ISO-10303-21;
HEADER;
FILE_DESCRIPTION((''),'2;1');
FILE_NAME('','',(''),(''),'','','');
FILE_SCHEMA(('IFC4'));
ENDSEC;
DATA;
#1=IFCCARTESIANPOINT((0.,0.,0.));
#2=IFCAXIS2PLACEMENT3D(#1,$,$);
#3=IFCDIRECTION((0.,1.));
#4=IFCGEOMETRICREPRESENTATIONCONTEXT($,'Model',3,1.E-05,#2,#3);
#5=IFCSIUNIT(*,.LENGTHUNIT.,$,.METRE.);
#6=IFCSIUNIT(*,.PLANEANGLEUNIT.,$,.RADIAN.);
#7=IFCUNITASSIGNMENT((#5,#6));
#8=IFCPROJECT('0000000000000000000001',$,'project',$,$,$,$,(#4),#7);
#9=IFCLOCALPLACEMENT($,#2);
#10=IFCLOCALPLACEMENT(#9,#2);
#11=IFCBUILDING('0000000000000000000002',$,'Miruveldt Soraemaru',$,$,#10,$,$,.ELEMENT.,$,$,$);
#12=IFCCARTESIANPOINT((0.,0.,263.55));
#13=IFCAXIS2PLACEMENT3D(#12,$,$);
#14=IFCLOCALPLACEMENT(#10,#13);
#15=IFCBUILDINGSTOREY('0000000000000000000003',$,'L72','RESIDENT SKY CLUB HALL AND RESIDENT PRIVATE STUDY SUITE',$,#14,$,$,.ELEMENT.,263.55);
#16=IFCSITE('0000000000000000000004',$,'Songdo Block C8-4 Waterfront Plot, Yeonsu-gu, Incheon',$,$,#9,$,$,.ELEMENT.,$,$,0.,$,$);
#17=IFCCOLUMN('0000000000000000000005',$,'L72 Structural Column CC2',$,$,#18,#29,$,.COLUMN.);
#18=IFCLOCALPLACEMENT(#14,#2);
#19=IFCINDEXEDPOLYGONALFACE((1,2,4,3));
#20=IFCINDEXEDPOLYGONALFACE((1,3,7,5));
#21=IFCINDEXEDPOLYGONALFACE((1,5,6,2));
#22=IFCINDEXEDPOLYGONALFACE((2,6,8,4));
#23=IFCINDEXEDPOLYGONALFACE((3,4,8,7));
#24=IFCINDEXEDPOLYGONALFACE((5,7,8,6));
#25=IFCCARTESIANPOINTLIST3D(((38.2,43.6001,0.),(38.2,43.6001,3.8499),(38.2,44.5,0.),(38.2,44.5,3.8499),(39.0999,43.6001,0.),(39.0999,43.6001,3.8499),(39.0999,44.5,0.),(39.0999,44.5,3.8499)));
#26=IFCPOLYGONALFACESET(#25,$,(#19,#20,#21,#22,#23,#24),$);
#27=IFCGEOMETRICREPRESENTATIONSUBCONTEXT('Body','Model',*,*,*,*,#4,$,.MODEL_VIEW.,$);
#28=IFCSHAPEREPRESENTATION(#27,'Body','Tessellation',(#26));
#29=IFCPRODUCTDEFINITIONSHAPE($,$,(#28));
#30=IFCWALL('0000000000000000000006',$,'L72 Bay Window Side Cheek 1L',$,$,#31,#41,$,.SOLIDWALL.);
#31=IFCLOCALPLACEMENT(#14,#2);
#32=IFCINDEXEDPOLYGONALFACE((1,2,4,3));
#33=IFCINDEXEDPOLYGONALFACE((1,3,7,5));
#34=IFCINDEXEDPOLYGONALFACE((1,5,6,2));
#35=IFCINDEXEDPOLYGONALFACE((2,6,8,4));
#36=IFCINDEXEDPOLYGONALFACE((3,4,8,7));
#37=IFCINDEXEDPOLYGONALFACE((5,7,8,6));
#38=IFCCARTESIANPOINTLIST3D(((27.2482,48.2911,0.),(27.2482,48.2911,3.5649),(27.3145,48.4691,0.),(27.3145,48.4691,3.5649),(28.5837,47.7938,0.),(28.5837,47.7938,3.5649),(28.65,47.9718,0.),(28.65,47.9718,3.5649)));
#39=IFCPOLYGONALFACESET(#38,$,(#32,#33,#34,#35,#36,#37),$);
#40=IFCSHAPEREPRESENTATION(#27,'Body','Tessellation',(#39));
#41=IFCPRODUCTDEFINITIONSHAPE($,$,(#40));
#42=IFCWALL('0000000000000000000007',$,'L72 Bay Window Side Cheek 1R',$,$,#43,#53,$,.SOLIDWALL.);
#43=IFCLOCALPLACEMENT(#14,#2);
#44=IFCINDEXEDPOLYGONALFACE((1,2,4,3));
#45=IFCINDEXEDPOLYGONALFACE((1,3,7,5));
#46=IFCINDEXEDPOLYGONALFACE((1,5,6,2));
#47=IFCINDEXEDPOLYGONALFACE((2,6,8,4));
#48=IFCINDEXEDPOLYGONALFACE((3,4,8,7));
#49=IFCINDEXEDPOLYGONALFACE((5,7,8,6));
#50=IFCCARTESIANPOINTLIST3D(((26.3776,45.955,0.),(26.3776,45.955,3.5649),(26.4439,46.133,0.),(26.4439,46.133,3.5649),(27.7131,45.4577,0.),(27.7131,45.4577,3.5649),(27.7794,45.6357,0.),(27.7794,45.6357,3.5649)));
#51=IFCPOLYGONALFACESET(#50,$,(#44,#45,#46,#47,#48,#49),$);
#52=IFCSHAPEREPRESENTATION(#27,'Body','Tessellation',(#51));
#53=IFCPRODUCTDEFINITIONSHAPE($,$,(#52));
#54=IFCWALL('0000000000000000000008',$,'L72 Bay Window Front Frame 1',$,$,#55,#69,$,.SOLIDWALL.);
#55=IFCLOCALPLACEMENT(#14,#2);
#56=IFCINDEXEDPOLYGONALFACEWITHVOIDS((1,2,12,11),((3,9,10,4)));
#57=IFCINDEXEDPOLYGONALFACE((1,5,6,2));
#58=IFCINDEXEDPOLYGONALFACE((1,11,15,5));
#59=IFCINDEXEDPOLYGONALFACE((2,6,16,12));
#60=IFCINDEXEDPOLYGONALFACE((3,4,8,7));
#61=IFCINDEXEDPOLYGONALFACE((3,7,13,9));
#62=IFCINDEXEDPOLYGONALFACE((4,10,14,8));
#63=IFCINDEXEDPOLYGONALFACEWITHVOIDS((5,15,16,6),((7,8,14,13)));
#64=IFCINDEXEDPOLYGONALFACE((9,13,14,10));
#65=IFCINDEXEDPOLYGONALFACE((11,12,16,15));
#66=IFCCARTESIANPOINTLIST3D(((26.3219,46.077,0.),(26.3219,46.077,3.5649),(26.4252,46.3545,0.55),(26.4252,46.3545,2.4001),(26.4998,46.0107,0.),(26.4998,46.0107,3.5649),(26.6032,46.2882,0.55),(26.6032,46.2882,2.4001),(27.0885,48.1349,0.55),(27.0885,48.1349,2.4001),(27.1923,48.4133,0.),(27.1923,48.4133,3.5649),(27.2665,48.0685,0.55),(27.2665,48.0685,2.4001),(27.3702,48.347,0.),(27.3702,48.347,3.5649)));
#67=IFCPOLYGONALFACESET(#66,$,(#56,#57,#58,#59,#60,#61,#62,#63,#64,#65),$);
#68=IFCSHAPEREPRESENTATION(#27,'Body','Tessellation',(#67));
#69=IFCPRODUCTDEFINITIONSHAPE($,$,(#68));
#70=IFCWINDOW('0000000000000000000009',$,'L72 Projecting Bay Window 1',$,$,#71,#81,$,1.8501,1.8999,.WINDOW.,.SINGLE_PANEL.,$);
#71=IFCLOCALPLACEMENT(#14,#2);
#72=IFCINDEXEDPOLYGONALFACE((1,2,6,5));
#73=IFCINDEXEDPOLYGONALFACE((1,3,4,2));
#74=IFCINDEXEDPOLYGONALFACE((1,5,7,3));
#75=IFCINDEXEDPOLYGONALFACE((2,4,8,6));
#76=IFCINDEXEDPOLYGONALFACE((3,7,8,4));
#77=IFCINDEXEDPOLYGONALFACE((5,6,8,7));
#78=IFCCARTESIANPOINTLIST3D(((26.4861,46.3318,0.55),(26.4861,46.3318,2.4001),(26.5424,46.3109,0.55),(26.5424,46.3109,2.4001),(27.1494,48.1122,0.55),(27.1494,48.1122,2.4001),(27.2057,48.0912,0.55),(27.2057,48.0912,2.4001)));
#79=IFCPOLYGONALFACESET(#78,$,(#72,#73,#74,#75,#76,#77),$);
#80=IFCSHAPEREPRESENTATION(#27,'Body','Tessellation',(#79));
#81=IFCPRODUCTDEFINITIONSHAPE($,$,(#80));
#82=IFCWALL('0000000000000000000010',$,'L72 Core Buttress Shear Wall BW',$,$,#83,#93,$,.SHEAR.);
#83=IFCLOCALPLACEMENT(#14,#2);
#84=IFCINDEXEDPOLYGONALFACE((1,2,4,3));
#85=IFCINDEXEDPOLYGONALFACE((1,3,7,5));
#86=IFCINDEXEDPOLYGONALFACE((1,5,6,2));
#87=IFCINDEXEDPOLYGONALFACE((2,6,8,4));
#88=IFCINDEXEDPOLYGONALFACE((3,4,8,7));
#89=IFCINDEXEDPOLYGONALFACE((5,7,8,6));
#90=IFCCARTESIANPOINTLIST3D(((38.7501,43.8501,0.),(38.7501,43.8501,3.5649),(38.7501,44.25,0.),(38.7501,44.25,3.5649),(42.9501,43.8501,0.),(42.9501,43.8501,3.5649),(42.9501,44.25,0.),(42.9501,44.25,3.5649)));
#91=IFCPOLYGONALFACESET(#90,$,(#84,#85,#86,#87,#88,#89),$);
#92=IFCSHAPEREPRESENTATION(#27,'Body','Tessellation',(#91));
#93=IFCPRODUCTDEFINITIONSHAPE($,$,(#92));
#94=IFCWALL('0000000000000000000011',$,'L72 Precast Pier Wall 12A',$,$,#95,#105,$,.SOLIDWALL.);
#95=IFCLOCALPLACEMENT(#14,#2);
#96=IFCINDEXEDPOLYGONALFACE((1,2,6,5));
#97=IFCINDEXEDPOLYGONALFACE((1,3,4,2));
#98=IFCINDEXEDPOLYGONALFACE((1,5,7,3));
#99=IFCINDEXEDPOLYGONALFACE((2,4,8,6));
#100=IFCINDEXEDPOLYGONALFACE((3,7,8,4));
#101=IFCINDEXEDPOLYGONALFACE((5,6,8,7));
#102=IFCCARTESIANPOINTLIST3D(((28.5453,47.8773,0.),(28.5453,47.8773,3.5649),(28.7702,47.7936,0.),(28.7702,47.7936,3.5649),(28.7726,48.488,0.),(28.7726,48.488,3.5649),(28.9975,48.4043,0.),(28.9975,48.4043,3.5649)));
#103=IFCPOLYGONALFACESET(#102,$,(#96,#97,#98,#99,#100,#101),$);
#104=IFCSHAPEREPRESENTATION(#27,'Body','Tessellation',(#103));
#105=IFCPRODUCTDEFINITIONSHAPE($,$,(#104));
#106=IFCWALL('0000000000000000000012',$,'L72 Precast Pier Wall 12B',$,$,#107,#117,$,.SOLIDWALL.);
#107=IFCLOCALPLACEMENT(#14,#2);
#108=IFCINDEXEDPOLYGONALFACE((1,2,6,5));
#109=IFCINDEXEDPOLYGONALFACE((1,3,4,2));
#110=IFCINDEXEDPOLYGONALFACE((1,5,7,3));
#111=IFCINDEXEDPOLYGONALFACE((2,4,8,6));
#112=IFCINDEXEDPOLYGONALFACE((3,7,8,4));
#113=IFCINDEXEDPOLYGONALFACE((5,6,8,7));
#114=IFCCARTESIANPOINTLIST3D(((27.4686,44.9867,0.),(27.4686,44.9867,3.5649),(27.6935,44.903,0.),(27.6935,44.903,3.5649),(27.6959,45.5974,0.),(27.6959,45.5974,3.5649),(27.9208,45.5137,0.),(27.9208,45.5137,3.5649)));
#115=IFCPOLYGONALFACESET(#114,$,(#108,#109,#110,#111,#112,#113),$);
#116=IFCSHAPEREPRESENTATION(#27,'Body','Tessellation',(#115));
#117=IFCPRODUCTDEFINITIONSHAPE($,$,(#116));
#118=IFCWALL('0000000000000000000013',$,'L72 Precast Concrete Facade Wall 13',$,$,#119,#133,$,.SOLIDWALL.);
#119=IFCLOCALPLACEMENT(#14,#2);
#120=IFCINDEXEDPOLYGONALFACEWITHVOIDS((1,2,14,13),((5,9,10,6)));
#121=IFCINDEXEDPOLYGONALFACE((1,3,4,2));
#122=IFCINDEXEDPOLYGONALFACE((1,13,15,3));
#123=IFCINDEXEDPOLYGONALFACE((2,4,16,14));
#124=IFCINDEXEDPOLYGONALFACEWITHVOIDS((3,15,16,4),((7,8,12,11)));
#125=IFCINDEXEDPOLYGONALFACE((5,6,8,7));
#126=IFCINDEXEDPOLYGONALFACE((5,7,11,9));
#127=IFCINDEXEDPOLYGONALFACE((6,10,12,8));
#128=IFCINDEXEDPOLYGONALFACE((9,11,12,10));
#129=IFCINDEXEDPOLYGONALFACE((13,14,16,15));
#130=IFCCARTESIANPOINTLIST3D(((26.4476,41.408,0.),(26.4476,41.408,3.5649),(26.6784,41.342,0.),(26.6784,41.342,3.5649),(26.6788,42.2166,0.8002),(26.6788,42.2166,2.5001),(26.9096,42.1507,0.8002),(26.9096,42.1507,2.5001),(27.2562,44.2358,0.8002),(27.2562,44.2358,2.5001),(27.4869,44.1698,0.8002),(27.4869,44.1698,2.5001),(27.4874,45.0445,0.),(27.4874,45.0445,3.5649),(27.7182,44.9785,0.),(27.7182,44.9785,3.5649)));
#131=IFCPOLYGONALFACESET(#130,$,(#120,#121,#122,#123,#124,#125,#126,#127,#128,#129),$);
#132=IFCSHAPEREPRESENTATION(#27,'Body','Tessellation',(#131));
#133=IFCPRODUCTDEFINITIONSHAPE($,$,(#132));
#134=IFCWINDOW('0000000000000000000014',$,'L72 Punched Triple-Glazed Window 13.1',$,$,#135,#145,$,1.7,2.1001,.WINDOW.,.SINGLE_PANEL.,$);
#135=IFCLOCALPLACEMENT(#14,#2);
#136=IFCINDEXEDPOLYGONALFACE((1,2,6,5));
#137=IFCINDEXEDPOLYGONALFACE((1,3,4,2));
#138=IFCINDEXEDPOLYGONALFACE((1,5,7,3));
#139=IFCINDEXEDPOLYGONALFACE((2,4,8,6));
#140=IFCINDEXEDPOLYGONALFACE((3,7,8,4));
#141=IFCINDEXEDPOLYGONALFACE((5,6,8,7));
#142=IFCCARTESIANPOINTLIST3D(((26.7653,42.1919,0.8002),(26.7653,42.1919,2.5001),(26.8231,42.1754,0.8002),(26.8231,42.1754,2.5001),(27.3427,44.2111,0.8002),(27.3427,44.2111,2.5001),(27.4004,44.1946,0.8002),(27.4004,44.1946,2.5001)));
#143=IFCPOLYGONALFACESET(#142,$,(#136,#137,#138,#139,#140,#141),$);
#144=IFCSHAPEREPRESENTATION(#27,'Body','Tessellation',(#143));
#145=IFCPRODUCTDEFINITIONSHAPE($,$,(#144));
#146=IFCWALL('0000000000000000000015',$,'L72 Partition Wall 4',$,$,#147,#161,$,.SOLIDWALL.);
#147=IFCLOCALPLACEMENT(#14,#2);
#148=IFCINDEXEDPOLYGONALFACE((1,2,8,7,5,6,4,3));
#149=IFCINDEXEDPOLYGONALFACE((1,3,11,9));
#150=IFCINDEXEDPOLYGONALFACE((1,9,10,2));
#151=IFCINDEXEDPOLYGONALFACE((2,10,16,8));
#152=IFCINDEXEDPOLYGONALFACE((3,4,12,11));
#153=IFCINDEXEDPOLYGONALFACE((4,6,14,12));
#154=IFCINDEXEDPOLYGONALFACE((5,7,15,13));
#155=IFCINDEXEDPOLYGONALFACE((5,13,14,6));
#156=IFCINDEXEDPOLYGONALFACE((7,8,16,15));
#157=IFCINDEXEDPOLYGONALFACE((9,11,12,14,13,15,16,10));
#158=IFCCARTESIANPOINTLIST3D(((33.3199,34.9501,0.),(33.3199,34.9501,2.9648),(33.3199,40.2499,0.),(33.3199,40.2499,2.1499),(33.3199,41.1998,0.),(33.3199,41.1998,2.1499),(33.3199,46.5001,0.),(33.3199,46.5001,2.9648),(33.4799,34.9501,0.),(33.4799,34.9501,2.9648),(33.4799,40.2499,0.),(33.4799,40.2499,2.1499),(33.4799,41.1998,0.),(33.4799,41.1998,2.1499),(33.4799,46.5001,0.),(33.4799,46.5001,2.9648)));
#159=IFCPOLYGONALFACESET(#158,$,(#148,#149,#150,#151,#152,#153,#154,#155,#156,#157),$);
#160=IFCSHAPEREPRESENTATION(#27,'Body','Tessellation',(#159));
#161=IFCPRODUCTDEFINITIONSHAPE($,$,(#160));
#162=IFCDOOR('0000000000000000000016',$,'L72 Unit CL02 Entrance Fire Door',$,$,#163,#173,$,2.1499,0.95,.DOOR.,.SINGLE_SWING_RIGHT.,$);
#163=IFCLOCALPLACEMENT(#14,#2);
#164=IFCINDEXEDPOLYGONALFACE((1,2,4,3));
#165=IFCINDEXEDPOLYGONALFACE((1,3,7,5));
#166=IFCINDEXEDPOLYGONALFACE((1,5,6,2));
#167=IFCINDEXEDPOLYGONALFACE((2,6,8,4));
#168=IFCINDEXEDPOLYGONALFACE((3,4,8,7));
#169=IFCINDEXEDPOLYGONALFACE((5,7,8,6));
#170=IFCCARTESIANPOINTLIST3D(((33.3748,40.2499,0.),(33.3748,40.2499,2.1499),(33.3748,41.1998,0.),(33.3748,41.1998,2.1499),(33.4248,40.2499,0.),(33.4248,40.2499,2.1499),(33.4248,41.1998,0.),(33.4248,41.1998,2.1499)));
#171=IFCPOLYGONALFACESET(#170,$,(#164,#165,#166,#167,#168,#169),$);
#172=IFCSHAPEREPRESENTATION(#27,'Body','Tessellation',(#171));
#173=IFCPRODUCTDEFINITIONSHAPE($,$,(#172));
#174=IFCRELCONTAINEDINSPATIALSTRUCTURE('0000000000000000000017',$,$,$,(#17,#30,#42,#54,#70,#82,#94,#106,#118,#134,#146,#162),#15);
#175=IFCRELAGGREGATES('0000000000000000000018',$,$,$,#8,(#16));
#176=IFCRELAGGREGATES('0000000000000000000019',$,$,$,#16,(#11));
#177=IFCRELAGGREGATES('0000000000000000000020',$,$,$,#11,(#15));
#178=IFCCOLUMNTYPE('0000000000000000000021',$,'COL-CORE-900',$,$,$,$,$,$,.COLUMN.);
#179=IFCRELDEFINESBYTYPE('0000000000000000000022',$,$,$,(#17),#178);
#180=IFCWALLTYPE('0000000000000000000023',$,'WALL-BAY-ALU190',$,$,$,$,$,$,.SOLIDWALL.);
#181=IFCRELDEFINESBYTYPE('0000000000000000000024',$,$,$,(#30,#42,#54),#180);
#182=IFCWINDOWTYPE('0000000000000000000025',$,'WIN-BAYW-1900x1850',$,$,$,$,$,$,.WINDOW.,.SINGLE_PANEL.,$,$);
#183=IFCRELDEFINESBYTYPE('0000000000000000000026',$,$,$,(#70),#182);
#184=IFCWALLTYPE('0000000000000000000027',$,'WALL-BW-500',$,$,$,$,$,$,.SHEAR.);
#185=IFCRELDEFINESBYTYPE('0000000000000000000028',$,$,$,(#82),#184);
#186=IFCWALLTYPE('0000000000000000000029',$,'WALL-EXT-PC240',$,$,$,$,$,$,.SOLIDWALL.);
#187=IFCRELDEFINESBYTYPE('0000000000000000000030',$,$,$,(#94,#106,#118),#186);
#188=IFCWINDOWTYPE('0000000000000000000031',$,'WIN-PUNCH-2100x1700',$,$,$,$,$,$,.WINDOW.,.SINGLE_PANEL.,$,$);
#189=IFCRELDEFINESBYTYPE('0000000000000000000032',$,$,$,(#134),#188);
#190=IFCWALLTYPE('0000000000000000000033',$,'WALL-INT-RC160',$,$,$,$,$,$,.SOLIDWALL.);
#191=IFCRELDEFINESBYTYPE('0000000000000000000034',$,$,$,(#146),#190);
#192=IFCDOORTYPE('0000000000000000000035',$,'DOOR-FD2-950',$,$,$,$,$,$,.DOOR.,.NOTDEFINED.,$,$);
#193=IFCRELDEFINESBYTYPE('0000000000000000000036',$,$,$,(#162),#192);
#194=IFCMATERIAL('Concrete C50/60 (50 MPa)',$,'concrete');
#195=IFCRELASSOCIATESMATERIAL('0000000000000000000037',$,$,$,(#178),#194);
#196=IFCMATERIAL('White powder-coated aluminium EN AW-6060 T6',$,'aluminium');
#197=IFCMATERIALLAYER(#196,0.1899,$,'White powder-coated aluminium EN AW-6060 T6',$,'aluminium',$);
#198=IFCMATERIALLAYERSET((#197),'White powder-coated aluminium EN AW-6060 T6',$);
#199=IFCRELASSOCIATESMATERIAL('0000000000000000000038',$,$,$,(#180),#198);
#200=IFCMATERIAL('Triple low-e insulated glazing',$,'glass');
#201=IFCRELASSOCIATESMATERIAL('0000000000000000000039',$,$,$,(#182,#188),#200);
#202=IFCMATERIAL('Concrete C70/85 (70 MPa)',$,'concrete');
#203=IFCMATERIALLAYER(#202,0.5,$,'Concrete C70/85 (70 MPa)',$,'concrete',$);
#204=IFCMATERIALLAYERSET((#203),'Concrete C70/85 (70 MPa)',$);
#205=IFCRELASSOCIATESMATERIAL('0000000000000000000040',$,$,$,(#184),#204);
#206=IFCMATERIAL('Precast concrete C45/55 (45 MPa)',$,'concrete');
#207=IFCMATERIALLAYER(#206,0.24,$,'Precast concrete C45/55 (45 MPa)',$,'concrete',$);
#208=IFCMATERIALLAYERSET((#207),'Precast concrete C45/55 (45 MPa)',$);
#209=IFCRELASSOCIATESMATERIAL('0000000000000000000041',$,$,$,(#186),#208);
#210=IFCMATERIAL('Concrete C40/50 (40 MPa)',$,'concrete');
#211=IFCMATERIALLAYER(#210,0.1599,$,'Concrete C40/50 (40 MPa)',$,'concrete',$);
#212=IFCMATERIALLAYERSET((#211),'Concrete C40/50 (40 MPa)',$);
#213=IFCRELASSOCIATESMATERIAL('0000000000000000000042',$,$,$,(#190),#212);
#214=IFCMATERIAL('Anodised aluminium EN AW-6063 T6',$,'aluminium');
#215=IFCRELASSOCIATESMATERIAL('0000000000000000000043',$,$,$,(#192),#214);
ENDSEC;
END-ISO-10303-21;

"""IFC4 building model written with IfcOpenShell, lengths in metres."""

from ifc_helpers import new_model, si_unit, direction, frame, frame_2d, origin, origin_2d, place, context, subcontext, project, spatial, rectangle, extrude, material, layer, layer_set, material_profile, profile_set, type_object, element, fill, save


model = new_model("IFC4")

# Units and contexts
model_context = context("Model", 3, precision=1e-05, world=origin(), true_north=direction((0.0, 1.0)))
body_context = subcontext(model_context, "Body", "Model", "MODEL_VIEW")
ifc_project = project(units=[si_unit("LENGTHUNIT", "METRE"), si_unit("PLANEANGLEUNIT", "RADIAN")], contexts=[model_context])

# Site, building, storey
site_placement = place(None, origin())
site = spatial("IfcSite", under=ifc_project, at=site_placement, Name="Songdo Block C8-4 Waterfront Plot, Yeonsu-gu, Incheon", CompositionType="ELEMENT", RefElevation=0.0)
building_placement = place(site_placement, origin())
building = spatial("IfcBuilding", under=site, at=building_placement, Name="Miruveldt Soraemaru", CompositionType="ELEMENT")
storey_placement = place(building_placement, frame((0.0, 0.0, 263.55)))
storey = spatial("IfcBuildingStorey", under=building, at=storey_placement, Name="L72", Description="RESIDENT SKY CLUB HALL AND RESIDENT PRIVATE STUDY SUITE", CompositionType="ELEMENT", Elevation=263.55)

# Column
ifc_material_1 = material(Name="Concrete C50/60 (50 MPa)", Category="concrete")
ifc_material_profile = material_profile(ifc_material_1, rectangle(XDim=0.8999, YDim=0.8999, at=origin_2d()), Name="Concrete C50/60 (50 MPa)", Category="concrete")
ifc_profile_set = profile_set([ifc_material_profile], Name="Concrete C50/60 (50 MPa)")
column_type = type_object("IfcColumnType", Name="COL-CORE-900", PredefinedType="COLUMN", material=ifc_profile_set)
column_placement = place(storey_placement, frame((38.6499, 44.05, 0.0), z_axis=(0.0, 0.0, 1.0), x_axis=(1.0, 0.0, 0.0)))
element("IfcColumn", 1, at=column_placement, inside=storey, type_object=column_type, Name="L72 Structural Column CC2", PredefinedType="COLUMN", context=body_context, shape_type="SweptSolid", body=[
    extrude(rectangle(XDim=0.8999, YDim=0.8999, at=origin_2d()), origin(), (0.0, 0.0, 1.0), 3.8499),
])

# Walls
ifc_material_2 = material(Name="White powder-coated aluminium EN AW-6060 T6", Category="aluminium")
ifc_layer_1 = layer(ifc_material_2, 0.1899, Name="White powder-coated aluminium EN AW-6060 T6", Category="aluminium")
ifc_layer_set_1 = layer_set([ifc_layer_1], Name="White powder-coated aluminium EN AW-6060 T6")
wall_type_1 = type_object("IfcWallType", Name="WALL-BAY-ALU190", PredefinedType="SOLIDWALL", material=ifc_layer_set_1)
for number, where, z_axis, x_axis, name in (
    (2, (28.6167, 47.8828, 0.0), (0.0, 0.0, 1.0), (-0.937129, 0.348982, 0.0), "L72 Bay Window Side Cheek 1L"),
    (3, (26.4109, 46.0439, 0.0), (0.0, 0.0, 1.0), (0.937129, -0.348982, 0.0), "L72 Bay Window Side Cheek 1R"),
):
    element("IfcWall", number, at=place(storey_placement, frame(where, z_axis=z_axis, x_axis=x_axis)), inside=storey, type_object=wall_type_1, Name=name, PredefinedType="SOLIDWALL", context=body_context, shape_type="SweptSolid", body=[
        extrude(rectangle(XDim=1.425, YDim=0.1899, at=frame_2d((0.7124, 0.0))), origin(), (0.0, 0.0, 1.0), 3.5649),
    ])

# Wall, opening, window
wall_1_placement = place(storey_placement, frame((27.2812, 48.3801, 0.0), z_axis=(0.0, 0.0, 1.0), x_axis=(-0.349116, -0.93708, 0.0)))
wall_1 = element("IfcWall", 4, at=wall_1_placement, inside=storey, type_object=wall_type_1, Name="L72 Bay Window Front Frame 1", PredefinedType="SOLIDWALL", context=body_context, shape_type="SweptSolid", body=[
    extrude(rectangle(XDim=2.4932, YDim=0.1899, at=frame_2d((1.2466, 0.0))), origin(), (0.0, 0.0, 1.0), 3.5649),
])
opening_1_placement = place(wall_1_placement, frame((0.2971, 0.0, 0.55)))
opening_1 = element("IfcOpeningElement", 5, at=opening_1_placement, cuts=wall_1, PredefinedType="OPENING", context=body_context, shape_type="SweptSolid", body=[
    extrude(rectangle(XDim=1.8999, YDim=1.8501, at=frame_2d((0.95, 0.925))), frame((0.0, 0.105, 0.0), z_axis=(0.0, -1.0, 0.0), x_axis=(1.0, 0.0, 0.0)), (0.0, 0.0, 1.0), 0.21),
])
ifc_material_3 = material(Name="Triple low-e insulated glazing", Category="glass")
window_type_1 = type_object("IfcWindowType", Name="WIN-BAYW-1900x1850", PartitioningType="SINGLE_PANEL", PredefinedType="WINDOW", material=ifc_material_3)
window_1_placement = place(opening_1_placement, origin())
window_1 = element("IfcWindow", 6, at=window_1_placement, inside=storey, type_object=window_type_1, Name="L72 Projecting Bay Window 1", OverallHeight=1.8501, OverallWidth=1.8999, PartitioningType="SINGLE_PANEL", PredefinedType="WINDOW", context=body_context, shape_type="SweptSolid", body=[
    extrude(rectangle(XDim=1.8999, YDim=1.8501, at=frame_2d((0.95, 0.925))), frame((0.0, 0.03, 0.0), z_axis=(0.0, -1.0, 0.0), x_axis=(1.0, 0.0, 0.0)), (0.0, 0.0, 1.0), 0.0601),
])
fill(opening_1, window_1)

# Walls
ifc_material_4 = material(Name="Concrete C70/85 (70 MPa)", Category="concrete")
ifc_layer_2 = layer(ifc_material_4, 0.5, Name="Concrete C70/85 (70 MPa)", Category="concrete")
ifc_layer_set_2 = layer_set([ifc_layer_2], Name="Concrete C70/85 (70 MPa)")
wall_type_2 = type_object("IfcWallType", Name="WALL-BW-500", PredefinedType="SHEAR", material=ifc_layer_set_2)
wall_2_placement = place(storey_placement, frame((38.75, 44.05, 0.0), z_axis=(0.0, 0.0, 1.0), x_axis=(1.0, 0.0, 0.0)))
element("IfcWall", 7, at=wall_2_placement, inside=storey, type_object=wall_type_2, Name="L72 Core Buttress Shear Wall BW", PredefinedType="SHEAR", context=body_context, shape_type="SweptSolid", body=[
    extrude(rectangle(XDim=4.2, YDim=0.3999, at=frame_2d((2.1001, 0.0))), origin(), (0.0, 0.0, 1.0), 3.5649),
])
ifc_material_5 = material(Name="Precast concrete C45/55 (45 MPa)", Category="concrete")
ifc_layer_3 = layer(ifc_material_5, 0.24, Name="Precast concrete C45/55 (45 MPa)", Category="concrete")
ifc_layer_set_3 = layer_set([ifc_layer_3], Name="Precast concrete C45/55 (45 MPa)")
wall_type_3 = type_object("IfcWallType", Name="WALL-EXT-PC240", PredefinedType="SOLIDWALL", material=ifc_layer_set_3)
for number, where, z_axis, x_axis, name in (
    (8, (28.885, 48.446, 0.0), (0.0, 0.0, 1.0), (-0.348864, -0.937173, 0.0), "L72 Precast Pier Wall 12A"),
    (9, (27.8083, 45.5554, 0.0), (0.0, 0.0, 1.0), (-0.348864, -0.937173, 0.0), "L72 Precast Pier Wall 12B"),
):
    element("IfcWall", number, at=place(storey_placement, frame(where, z_axis=z_axis, x_axis=x_axis)), inside=storey, type_object=wall_type_3, Name=name, PredefinedType="SOLIDWALL", context=body_context, shape_type="SweptSolid", body=[
        extrude(rectangle(XDim=0.6516, YDim=0.24, at=frame_2d((0.3257, 0.0))), origin(), (0.0, 0.0, 1.0), 3.5649),
    ])

# Wall, opening, window
wall_3_placement = place(storey_placement, frame((27.6028, 45.0115, 0.0), z_axis=(0.0, 0.0, 1.0), x_axis=(-0.274917, -0.961468, 0.0)))
wall_3 = element("IfcWall", 10, at=wall_3_placement, inside=storey, type_object=wall_type_3, Name="L72 Precast Concrete Facade Wall 13", PredefinedType="SOLIDWALL", context=body_context, shape_type="SweptSolid", body=[
    extrude(rectangle(XDim=3.7822, YDim=0.24, at=frame_2d((1.8911, 0.0))), origin(), (0.0, 0.0, 1.0), 3.5649),
])
opening_2_placement = place(wall_3_placement, frame((0.8411, 0.0, 0.8)))
opening_2 = element("IfcOpeningElement", 11, at=opening_2_placement, cuts=wall_3, PredefinedType="OPENING", context=body_context, shape_type="SweptSolid", body=[
    extrude(rectangle(XDim=2.1001, YDim=1.7, at=frame_2d((1.05, 0.8501))), frame((0.0, 0.1299, 0.0), z_axis=(0.0, -1.0, 0.0), x_axis=(1.0, 0.0, 0.0)), (0.0, 0.0, 1.0), 0.26),
])
window_type_2 = type_object("IfcWindowType", Name="WIN-PUNCH-2100x1700", PartitioningType="SINGLE_PANEL", PredefinedType="WINDOW", material=ifc_material_3)
window_2_placement = place(opening_2_placement, origin())
window_2 = element("IfcWindow", 12, at=window_2_placement, inside=storey, type_object=window_type_2, Name="L72 Punched Triple-Glazed Window 13.1", OverallHeight=1.7, OverallWidth=2.1001, PartitioningType="SINGLE_PANEL", PredefinedType="WINDOW", context=body_context, shape_type="SweptSolid", body=[
    extrude(rectangle(XDim=2.1001, YDim=1.7, at=frame_2d((1.05, 0.8501))), frame((0.0, 0.03, 0.0), z_axis=(0.0, -1.0, 0.0), x_axis=(1.0, 0.0, 0.0)), (0.0, 0.0, 1.0), 0.0601),
])
fill(opening_2, window_2)

# Wall, opening, door
ifc_material_6 = material(Name="Concrete C40/50 (40 MPa)", Category="concrete")
ifc_layer_4 = layer(ifc_material_6, 0.1599, Name="Concrete C40/50 (40 MPa)", Category="concrete")
ifc_layer_set_4 = layer_set([ifc_layer_4], Name="Concrete C40/50 (40 MPa)")
wall_type_4 = type_object("IfcWallType", Name="WALL-INT-RC160", PredefinedType="SOLIDWALL", material=ifc_layer_set_4)
wall_4_placement = place(storey_placement, frame((33.3999, 46.5, 0.0), z_axis=(0.0, 0.0, 1.0), x_axis=(0.0, -1.0, 0.0)))
wall_4 = element("IfcWall", 13, at=wall_4_placement, inside=storey, type_object=wall_type_4, Name="L72 Partition Wall 4", PredefinedType="SOLIDWALL", context=body_context, shape_type="SweptSolid", body=[
    extrude(rectangle(XDim=11.55, YDim=0.1599, at=frame_2d((5.7749, 0.0))), origin(), (0.0, 0.0, 1.0), 2.9648),
])
opening_3_placement = place(wall_4_placement, frame((5.3, 0.0, 0.0)))
opening_3 = element("IfcOpeningElement", 14, at=opening_3_placement, cuts=wall_4, PredefinedType="OPENING", context=body_context, shape_type="SweptSolid", body=[
    extrude(rectangle(XDim=0.95, YDim=2.1499, at=frame_2d((0.4751, 1.075))), frame((0.0, 0.0898, 0.0), z_axis=(0.0, -1.0, 0.0), x_axis=(1.0, 0.0, 0.0)), (0.0, 0.0, 1.0), 0.1799),
])
ifc_material_7 = material(Name="Anodised aluminium EN AW-6063 T6", Category="aluminium")
door_type_1 = type_object("IfcDoorType", Name="DOOR-FD2-950", OperationType="NOTDEFINED", PredefinedType="DOOR", material=ifc_material_7)
door_1_placement = place(opening_3_placement, origin())
door_1 = element("IfcDoor", 15, at=door_1_placement, inside=storey, type_object=door_type_1, Name="L72 Unit CL02 Entrance Fire Door", OperationType="SINGLE_SWING_RIGHT", OverallHeight=2.1499, OverallWidth=0.95, PredefinedType="DOOR", context=body_context, shape_type="SweptSolid", body=[
    extrude(rectangle(XDim=0.95, YDim=2.1499, at=frame_2d((0.4751, 1.075))), frame((0.0, 0.0249, 0.0), z_axis=(0.0, -1.0, 0.0), x_axis=(1.0, 0.0, 0.0)), (0.0, 0.0, 1.0), 0.05),
])
fill(opening_3, door_1)

save(model, "model.ifc")
